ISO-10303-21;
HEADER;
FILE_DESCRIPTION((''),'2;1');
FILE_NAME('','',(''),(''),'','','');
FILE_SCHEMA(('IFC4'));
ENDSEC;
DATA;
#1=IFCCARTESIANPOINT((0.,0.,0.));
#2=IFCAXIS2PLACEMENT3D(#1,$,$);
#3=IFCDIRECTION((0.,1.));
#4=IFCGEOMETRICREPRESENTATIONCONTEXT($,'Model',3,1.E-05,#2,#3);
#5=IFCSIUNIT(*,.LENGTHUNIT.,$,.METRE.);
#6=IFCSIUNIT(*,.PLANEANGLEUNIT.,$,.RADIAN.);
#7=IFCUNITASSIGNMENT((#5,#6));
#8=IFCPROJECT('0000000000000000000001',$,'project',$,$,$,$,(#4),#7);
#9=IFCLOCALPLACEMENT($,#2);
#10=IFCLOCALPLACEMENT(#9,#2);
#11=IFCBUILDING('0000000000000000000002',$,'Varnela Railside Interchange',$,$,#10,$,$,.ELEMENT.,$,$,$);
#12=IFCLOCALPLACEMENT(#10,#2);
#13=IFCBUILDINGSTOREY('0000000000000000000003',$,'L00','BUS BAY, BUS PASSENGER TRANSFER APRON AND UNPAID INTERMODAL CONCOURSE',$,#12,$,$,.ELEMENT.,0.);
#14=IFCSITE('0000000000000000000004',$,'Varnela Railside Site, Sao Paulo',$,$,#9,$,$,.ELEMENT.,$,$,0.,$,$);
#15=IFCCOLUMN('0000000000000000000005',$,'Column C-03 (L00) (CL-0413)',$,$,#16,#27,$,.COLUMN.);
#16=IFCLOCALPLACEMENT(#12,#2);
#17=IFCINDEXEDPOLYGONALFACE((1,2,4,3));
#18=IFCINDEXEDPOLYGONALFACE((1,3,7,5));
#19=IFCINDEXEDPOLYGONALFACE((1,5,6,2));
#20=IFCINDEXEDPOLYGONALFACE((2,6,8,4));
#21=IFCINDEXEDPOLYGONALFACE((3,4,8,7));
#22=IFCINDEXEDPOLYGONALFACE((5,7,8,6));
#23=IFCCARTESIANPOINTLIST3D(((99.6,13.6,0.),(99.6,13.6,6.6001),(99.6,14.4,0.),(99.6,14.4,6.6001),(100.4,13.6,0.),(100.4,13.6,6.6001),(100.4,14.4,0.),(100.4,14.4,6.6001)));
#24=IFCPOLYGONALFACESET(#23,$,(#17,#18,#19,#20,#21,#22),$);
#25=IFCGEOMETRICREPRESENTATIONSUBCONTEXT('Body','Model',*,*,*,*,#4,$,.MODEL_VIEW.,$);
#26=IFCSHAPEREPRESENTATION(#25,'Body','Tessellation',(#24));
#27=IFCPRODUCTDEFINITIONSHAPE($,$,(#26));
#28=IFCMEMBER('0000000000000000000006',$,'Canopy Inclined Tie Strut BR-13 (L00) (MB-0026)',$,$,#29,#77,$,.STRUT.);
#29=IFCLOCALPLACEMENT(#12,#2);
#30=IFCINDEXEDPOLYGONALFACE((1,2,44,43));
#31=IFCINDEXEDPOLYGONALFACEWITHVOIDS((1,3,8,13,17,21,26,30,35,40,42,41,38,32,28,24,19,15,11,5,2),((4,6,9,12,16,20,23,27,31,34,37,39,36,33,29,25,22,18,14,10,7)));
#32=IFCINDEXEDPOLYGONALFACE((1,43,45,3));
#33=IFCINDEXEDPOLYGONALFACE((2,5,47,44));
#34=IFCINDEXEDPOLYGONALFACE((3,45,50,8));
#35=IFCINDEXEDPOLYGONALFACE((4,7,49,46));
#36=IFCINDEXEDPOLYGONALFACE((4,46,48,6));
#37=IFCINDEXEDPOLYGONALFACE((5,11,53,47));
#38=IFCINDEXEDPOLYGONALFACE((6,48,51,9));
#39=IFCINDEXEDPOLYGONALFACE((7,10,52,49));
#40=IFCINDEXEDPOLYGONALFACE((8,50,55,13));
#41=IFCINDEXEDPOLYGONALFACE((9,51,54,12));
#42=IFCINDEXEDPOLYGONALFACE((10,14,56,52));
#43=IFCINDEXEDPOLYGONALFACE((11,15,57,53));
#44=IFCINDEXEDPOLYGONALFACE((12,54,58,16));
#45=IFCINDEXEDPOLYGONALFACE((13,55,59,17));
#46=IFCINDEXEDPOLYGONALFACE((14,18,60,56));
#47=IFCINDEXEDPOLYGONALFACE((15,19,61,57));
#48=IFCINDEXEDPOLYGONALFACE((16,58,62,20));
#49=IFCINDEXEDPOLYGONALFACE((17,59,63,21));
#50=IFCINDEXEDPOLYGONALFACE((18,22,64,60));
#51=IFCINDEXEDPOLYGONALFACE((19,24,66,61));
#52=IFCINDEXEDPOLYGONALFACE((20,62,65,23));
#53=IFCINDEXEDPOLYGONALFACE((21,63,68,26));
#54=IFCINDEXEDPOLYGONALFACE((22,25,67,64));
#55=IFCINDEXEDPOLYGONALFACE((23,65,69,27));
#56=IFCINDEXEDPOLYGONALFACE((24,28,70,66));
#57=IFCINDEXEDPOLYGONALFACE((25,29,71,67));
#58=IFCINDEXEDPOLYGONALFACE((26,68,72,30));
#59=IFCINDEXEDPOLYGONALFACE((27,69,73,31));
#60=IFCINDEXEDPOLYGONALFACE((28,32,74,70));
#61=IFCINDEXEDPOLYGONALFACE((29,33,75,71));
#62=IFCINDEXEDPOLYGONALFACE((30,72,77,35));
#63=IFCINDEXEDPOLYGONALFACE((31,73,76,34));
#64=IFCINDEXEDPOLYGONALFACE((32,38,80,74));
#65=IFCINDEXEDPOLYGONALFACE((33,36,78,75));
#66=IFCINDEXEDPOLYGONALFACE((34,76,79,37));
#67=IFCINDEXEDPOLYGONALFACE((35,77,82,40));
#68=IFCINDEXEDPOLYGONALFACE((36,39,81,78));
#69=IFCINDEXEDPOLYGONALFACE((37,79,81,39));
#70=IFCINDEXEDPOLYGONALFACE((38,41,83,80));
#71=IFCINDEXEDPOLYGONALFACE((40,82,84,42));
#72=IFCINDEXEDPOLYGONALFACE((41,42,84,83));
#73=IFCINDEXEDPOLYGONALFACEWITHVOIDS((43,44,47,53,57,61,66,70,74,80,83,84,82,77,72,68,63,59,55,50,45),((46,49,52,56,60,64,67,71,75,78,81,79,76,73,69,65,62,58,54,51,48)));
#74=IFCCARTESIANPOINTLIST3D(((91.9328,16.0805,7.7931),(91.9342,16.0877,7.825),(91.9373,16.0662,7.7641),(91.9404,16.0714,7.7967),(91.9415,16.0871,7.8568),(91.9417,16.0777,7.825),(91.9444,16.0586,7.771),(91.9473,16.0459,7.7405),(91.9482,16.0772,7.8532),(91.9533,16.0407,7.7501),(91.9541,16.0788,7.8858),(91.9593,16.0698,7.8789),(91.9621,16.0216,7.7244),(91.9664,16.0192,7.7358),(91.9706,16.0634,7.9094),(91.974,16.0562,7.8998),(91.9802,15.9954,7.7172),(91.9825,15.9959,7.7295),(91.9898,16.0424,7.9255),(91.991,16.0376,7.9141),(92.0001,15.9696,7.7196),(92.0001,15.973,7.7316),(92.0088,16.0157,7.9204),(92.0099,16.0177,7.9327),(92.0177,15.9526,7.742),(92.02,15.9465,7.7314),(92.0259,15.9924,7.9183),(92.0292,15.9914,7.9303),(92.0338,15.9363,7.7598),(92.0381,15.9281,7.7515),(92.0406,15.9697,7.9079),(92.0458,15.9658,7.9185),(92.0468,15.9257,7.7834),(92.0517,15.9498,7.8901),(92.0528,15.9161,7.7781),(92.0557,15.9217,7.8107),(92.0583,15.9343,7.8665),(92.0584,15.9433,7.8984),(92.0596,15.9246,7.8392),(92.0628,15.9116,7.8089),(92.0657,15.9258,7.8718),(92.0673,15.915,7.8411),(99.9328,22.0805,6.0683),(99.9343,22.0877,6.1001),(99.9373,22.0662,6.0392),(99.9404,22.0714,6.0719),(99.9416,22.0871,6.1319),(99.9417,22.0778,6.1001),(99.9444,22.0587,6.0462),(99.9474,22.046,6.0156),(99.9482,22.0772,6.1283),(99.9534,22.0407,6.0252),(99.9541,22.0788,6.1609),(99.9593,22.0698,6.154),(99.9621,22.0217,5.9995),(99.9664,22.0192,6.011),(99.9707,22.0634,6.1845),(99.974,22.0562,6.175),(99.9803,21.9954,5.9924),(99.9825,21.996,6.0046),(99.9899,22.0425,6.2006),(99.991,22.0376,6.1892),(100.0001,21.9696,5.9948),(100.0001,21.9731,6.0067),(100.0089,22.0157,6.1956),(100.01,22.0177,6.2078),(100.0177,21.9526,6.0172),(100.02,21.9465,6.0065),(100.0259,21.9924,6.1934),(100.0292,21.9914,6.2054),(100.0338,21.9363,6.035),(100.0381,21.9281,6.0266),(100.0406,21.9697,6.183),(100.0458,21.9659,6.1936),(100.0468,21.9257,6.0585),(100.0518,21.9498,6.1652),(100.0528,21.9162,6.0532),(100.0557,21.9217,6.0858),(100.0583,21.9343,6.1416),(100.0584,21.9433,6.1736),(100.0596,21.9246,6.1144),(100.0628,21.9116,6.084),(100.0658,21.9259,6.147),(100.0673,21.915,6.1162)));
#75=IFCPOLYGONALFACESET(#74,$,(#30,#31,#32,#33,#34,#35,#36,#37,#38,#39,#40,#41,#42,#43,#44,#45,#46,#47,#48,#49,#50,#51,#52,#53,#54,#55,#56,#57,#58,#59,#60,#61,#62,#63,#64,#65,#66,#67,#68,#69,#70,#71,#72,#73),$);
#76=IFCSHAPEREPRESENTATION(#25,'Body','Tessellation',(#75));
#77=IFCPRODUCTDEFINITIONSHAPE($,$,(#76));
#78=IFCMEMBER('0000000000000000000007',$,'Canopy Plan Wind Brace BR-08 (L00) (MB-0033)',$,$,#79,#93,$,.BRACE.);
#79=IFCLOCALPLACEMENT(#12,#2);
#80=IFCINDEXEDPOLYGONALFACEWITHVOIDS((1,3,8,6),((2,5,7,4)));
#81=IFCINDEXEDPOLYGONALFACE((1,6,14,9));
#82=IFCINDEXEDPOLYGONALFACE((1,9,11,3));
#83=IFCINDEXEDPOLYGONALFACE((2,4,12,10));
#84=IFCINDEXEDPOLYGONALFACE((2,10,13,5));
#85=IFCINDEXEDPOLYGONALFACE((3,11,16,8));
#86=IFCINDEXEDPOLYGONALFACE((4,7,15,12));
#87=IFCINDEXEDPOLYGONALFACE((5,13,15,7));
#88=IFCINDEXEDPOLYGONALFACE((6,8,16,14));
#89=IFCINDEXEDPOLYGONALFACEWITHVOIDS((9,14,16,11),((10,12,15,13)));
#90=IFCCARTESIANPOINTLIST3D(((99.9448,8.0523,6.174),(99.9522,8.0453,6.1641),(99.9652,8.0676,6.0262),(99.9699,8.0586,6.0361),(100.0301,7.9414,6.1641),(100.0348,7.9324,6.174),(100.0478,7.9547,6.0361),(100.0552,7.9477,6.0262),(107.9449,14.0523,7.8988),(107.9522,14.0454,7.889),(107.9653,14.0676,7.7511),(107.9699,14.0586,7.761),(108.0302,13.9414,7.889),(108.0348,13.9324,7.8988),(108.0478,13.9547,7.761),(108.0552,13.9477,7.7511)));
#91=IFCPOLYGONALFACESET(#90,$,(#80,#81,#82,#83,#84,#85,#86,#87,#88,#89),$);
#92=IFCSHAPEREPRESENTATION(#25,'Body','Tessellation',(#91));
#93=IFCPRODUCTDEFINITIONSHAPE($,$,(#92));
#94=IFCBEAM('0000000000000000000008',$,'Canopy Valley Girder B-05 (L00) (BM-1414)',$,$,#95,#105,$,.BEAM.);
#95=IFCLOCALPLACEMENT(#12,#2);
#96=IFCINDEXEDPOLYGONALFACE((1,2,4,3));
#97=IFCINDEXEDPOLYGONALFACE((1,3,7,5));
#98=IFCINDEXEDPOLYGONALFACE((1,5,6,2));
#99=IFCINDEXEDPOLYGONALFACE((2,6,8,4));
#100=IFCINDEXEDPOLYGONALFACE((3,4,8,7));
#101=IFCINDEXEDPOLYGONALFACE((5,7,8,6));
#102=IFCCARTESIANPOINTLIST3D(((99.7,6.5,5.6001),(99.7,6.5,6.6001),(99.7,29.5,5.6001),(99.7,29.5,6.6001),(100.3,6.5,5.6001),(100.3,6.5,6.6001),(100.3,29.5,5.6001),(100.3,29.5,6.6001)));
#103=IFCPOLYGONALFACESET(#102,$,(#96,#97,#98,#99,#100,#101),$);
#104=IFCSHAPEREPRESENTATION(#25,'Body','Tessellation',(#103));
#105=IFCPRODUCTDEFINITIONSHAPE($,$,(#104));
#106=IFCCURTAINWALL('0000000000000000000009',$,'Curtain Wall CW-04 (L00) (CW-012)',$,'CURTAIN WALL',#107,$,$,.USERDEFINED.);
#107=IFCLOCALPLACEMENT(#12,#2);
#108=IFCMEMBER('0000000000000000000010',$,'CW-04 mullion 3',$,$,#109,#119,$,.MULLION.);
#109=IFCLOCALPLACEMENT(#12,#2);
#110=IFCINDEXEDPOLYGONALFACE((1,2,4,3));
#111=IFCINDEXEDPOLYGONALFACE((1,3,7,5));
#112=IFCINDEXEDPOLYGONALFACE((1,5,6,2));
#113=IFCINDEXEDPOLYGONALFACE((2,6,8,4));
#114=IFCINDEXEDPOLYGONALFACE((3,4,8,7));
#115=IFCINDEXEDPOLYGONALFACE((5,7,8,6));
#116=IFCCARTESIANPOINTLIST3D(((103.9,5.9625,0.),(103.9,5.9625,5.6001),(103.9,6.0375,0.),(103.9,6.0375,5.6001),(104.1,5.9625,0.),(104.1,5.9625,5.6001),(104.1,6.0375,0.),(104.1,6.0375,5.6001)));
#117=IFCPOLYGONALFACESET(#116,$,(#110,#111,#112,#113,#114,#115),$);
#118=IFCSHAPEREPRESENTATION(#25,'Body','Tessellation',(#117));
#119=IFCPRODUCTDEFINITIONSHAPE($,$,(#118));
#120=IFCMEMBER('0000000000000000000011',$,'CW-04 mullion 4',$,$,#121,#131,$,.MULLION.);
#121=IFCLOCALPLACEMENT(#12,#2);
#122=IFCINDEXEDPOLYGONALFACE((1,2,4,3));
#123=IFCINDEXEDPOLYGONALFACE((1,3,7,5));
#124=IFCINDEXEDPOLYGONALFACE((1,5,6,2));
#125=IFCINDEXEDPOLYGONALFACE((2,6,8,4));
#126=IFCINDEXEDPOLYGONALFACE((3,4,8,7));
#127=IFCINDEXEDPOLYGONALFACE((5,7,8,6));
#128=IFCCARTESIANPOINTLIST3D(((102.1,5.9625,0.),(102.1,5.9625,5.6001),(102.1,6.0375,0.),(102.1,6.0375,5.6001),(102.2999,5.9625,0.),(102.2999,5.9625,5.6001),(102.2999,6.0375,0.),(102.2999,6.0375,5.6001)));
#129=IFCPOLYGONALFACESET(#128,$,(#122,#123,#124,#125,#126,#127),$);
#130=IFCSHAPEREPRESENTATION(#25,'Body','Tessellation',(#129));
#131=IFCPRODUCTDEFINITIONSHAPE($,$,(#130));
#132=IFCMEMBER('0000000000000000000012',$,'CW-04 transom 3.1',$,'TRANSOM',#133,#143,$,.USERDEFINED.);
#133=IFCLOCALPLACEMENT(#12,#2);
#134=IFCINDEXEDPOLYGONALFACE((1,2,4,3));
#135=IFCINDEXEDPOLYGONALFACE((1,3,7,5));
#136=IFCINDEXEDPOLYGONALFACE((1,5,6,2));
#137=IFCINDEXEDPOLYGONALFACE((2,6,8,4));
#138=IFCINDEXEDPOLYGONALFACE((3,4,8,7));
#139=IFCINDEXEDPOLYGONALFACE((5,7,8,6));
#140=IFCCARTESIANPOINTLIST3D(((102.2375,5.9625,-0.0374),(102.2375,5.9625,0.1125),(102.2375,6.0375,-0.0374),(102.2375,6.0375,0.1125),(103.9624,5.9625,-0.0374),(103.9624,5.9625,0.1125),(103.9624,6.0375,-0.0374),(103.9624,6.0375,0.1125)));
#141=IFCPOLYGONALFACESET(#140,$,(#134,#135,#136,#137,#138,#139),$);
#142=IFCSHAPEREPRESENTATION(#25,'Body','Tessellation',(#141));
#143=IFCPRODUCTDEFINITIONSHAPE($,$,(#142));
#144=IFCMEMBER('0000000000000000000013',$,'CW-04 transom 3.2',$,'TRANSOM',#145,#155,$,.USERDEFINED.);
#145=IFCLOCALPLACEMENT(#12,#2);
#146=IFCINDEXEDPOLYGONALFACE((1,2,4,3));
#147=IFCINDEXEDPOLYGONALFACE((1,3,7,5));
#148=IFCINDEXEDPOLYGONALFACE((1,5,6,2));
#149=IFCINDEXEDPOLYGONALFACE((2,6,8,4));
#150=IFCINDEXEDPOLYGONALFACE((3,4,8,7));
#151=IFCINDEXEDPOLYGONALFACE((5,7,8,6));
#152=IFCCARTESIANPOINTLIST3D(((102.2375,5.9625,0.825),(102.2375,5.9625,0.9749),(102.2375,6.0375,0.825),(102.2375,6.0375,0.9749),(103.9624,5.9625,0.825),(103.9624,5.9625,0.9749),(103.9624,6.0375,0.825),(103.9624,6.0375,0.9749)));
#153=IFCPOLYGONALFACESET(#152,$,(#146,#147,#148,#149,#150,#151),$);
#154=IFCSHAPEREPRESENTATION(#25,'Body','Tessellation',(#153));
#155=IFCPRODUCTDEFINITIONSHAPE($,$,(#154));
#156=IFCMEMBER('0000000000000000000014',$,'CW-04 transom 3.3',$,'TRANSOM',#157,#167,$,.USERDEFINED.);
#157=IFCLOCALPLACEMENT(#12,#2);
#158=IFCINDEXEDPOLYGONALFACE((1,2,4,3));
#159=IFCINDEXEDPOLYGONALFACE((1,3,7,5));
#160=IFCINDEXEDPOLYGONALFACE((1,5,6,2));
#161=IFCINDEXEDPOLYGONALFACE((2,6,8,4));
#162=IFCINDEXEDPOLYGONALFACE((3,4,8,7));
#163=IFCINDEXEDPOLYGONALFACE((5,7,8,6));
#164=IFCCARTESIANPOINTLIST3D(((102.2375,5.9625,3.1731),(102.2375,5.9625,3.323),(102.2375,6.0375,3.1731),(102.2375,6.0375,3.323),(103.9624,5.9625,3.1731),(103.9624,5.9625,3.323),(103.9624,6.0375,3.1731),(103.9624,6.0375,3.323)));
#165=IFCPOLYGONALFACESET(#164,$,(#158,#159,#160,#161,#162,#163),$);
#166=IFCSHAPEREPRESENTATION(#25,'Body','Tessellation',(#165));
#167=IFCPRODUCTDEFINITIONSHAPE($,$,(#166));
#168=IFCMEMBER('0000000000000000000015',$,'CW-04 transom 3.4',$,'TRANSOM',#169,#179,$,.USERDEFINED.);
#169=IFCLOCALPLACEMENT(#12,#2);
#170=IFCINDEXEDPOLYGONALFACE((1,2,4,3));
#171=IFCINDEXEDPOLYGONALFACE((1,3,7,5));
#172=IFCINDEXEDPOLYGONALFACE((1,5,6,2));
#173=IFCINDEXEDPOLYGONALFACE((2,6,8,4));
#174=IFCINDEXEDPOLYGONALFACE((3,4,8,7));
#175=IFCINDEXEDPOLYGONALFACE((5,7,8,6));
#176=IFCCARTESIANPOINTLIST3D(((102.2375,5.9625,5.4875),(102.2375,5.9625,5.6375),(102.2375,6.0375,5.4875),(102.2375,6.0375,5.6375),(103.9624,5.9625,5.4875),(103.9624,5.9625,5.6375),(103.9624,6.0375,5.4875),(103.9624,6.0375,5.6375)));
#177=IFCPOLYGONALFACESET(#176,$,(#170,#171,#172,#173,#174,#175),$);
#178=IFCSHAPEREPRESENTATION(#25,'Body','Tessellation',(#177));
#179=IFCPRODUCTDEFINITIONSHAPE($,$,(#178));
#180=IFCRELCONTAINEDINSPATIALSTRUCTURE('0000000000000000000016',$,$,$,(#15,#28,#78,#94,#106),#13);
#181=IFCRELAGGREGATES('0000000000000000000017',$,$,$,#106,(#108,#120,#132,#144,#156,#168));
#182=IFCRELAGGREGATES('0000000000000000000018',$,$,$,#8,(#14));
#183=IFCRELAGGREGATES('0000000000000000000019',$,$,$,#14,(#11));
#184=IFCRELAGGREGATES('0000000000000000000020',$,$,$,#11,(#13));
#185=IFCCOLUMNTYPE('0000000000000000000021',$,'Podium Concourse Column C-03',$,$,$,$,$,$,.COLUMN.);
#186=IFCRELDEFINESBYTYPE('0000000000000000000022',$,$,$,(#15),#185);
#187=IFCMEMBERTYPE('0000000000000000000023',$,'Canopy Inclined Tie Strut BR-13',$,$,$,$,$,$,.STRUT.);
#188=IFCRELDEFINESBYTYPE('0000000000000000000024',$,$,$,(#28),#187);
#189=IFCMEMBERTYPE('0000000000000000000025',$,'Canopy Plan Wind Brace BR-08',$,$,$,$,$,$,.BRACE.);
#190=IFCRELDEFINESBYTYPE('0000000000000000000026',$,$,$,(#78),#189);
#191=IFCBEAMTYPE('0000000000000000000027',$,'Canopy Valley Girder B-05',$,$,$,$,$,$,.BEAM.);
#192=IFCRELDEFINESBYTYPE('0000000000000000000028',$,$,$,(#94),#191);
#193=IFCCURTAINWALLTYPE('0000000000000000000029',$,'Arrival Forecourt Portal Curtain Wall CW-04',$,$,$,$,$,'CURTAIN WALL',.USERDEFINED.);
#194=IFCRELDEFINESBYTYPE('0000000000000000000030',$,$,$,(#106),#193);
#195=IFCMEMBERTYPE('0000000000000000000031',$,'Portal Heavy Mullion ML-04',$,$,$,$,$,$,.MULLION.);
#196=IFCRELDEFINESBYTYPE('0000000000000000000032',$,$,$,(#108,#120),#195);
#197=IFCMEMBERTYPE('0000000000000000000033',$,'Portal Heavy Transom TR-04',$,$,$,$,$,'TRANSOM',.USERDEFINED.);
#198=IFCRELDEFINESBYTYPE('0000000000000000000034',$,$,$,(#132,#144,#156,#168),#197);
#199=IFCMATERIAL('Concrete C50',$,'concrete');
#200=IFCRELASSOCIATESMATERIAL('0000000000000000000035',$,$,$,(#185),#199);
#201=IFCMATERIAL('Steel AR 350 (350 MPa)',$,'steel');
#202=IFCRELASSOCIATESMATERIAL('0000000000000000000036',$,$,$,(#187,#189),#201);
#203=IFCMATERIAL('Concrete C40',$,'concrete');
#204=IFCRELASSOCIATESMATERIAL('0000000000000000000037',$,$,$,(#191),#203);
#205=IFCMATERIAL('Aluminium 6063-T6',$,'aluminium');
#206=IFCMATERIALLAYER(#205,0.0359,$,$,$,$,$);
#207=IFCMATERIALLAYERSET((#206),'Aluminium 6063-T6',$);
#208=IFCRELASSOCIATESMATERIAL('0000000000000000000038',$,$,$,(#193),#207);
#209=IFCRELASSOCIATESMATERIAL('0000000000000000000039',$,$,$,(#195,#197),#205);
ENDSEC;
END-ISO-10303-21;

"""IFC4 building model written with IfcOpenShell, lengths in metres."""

from ifc_helpers import new_model, si_unit, direction, frame, origin, origin_2d, place, context, subcontext, project, spatial, rectangle, hollow_rectangle, hollow_circle, extrude, material, layer, layer_set, material_profile, profile_set, type_object, element, aggregate, save


model = new_model("IFC4")

# Units and contexts
model_context = context("Model", 3, precision=1e-05, world=origin(), true_north=direction((0.0, 1.0)))
body_context = subcontext(model_context, "Body", "Model", "MODEL_VIEW")
ifc_project = project(units=[si_unit("LENGTHUNIT", "METRE"), si_unit("PLANEANGLEUNIT", "RADIAN")], contexts=[model_context])

# Site, building, storey
site_placement = place(None, origin())
site = spatial("IfcSite", under=ifc_project, at=site_placement, Name="Varnela Railside Site, Sao Paulo", CompositionType="ELEMENT", RefElevation=0.0)
building_placement = place(site_placement, origin())
building = spatial("IfcBuilding", under=site, at=building_placement, Name="Varnela Railside Interchange", CompositionType="ELEMENT")
storey_placement = place(building_placement, origin())
storey = spatial("IfcBuildingStorey", under=building, at=storey_placement, Name="L00", Description="BUS BAY, BUS PASSENGER TRANSFER APRON AND UNPAID INTERMODAL CONCOURSE", CompositionType="ELEMENT", Elevation=0.0)

# Column
ifc_material_1 = material(Name="Concrete C50", Category="concrete")
ifc_material_profile_1 = material_profile(ifc_material_1, rectangle(XDim=0.8, YDim=0.8, at=origin_2d()), Name="RC 800x800")
ifc_profile_set_1 = profile_set([ifc_material_profile_1], Name="Concrete C50")
column_type = type_object("IfcColumnType", Name="Podium Concourse Column C-03", PredefinedType="COLUMN", material=ifc_profile_set_1)
column_placement = place(storey_placement, frame((100.0, 14.0, 0.0), z_axis=(0.0, 0.0, 1.0), x_axis=(1.0, 0.0, 0.0)))
element("IfcColumn", 1, at=column_placement, inside=storey, type_object=column_type, Name="Column C-03 (L00) (CL-0413)", PredefinedType="COLUMN", context=body_context, shape_type="SweptSolid", body=[
    extrude(rectangle(XDim=0.8, YDim=0.8, at=origin_2d()), origin(), (0.0, 0.0, 1.0), 6.6001),
])

# Members
ifc_material_2 = material(Name="Steel AR 350 (350 MPa)", Category="steel")
ifc_material_profile_2 = material_profile(ifc_material_2, hollow_circle(Radius=0.1096, WallThickness=0.0125, at=origin_2d()), Name="CHS 219.1x12.5")
ifc_profile_set_2 = profile_set([ifc_material_profile_2], Name="Steel AR 350 (350 MPa)")
member_type_1 = type_object("IfcMemberType", Name="Canopy Inclined Tie Strut BR-13", PredefinedType="STRUT", material=ifc_profile_set_2)
member_1_placement = place(storey_placement, frame((92.0, 16.0, 7.825), z_axis=(0.788359, 0.591269, -0.169975), x_axis=(-0.6, 0.8, 0.0)))
element("IfcMember", 2, at=member_1_placement, inside=storey, type_object=member_type_1, Name="Canopy Inclined Tie Strut BR-13 (L00) (MB-0026)", PredefinedType="STRUT", context=body_context, shape_type="SweptSolid", body=[
    extrude(hollow_circle(Radius=0.1096, WallThickness=0.0125, at=origin_2d()), origin(), (0.0, 0.0, 1.0), 10.1477),
])
ifc_material_profile_3 = material_profile(ifc_material_2, hollow_rectangle(XDim=0.1499, YDim=0.1499, WallThickness=0.01, at=origin_2d()), Name="HSS 150x150x10")
ifc_profile_set_3 = profile_set([ifc_material_profile_3], Name="Steel AR 350 (350 MPa)")
member_type_2 = type_object("IfcMemberType", Name="Canopy Plan Wind Brace BR-08", PredefinedType="BRACE", material=ifc_profile_set_3)
member_2_placement = place(storey_placement, frame((100.0, 8.0, 6.1001), z_axis=(0.788359, 0.591269, 0.169975), x_axis=(-0.6, 0.8, 0.0)))
element("IfcMember", 3, at=member_2_placement, inside=storey, type_object=member_type_2, Name="Canopy Plan Wind Brace BR-08 (L00) (MB-0033)", PredefinedType="BRACE", context=body_context, shape_type="SweptSolid", body=[
    extrude(hollow_rectangle(XDim=0.1499, YDim=0.1499, WallThickness=0.01, at=origin_2d()), origin(), (0.0, 0.0, 1.0), 10.1477),
])

# Beam
ifc_material_3 = material(Name="Concrete C40", Category="concrete")
ifc_material_profile_4 = material_profile(ifc_material_3, rectangle(XDim=0.6001, YDim=1.0, at=origin_2d()), Name="RC 600x1000")
ifc_profile_set_4 = profile_set([ifc_material_profile_4], Name="Concrete C40")
beam_type = type_object("IfcBeamType", Name="Canopy Valley Girder B-05", PredefinedType="BEAM", material=ifc_profile_set_4)
beam_placement = place(storey_placement, frame((100.0, 6.5, 6.1001), z_axis=(0.0, 1.0, 0.0), x_axis=(-1.0, 0.0, 0.0)))
element("IfcBeam", 4, at=beam_placement, inside=storey, type_object=beam_type, Name="Canopy Valley Girder B-05 (L00) (BM-1414)", PredefinedType="BEAM", context=body_context, shape_type="SweptSolid", body=[
    extrude(rectangle(XDim=0.6001, YDim=1.0, at=origin_2d()), origin(), (0.0, 0.0, 1.0), 23.0),
])

# Curtain wall, members
ifc_material_4 = material(Name="Aluminium 6063-T6", Category="aluminium")
ifc_layer_1 = layer(ifc_material_4, 0.0359)
ifc_layer_set_1 = layer_set([ifc_layer_1], Name="Aluminium 6063-T6")
curtain_wall_type = type_object("IfcCurtainWallType", Name="Arrival Forecourt Portal Curtain Wall CW-04", ElementType="CURTAIN WALL", PredefinedType="USERDEFINED", material=ifc_layer_set_1)
curtain_wall_placement = place(storey_placement, origin())
curtain_wall = element("IfcCurtainWall", 5, at=curtain_wall_placement, inside=storey, type_object=curtain_wall_type, Name="Curtain Wall CW-04 (L00) (CW-012)", ObjectType="CURTAIN WALL", PredefinedType="USERDEFINED")
ifc_material_profile_5 = material_profile(ifc_material_4, rectangle(XDim=0.075, YDim=0.2, at=origin_2d()), Name="ALU 75x200")
ifc_profile_set_5 = profile_set([ifc_material_profile_5], Name="Aluminium 6063-T6")
member_type_3 = type_object("IfcMemberType", Name="Portal Heavy Mullion ML-04", PredefinedType="MULLION", material=ifc_profile_set_5)
member_3_placement = place(storey_placement, frame((104.0, 6.0, 0.0), z_axis=(0.0, 0.0, 1.0), x_axis=(0.0, -1.0, 0.0)))
member_3 = element("IfcMember", 6, at=member_3_placement, type_object=member_type_3, Name="CW-04 mullion 3", PredefinedType="MULLION", context=body_context, shape_type="SweptSolid", body=[
    extrude(rectangle(XDim=0.075, YDim=0.2, at=origin_2d()), origin(), (0.0, 0.0, 1.0), 5.6001),
])
member_4_placement = place(storey_placement, frame((102.2, 6.0, 0.0), z_axis=(0.0, 0.0, 1.0), x_axis=(0.0, -1.0, 0.0)))
member_4 = element("IfcMember", 7, at=member_4_placement, type_object=member_type_3, Name="CW-04 mullion 4", PredefinedType="MULLION", context=body_context, shape_type="SweptSolid", body=[
    extrude(rectangle(XDim=0.075, YDim=0.2, at=origin_2d()), origin(), (0.0, 0.0, 1.0), 5.6001),
])
ifc_material_profile_6 = material_profile(ifc_material_4, rectangle(XDim=0.075, YDim=0.1499, at=origin_2d()), Name="ALU 75x150")
ifc_profile_set_6 = profile_set([ifc_material_profile_6], Name="Aluminium 6063-T6")
member_type_4 = type_object("IfcMemberType", Name="Portal Heavy Transom TR-04", ElementType="TRANSOM", PredefinedType="USERDEFINED", material=ifc_profile_set_6)
member_5_placement = place(storey_placement, frame((103.9624, 6.0, 0.0376), z_axis=(-1.0, 0.0, 0.0), x_axis=(0.0, -1.0, 0.0)))
member_5 = element("IfcMember", 8, at=member_5_placement, type_object=member_type_4, Name="CW-04 transom 3.1", ObjectType="TRANSOM", PredefinedType="USERDEFINED", context=body_context, shape_type="SweptSolid", body=[
    extrude(rectangle(XDim=0.075, YDim=0.1499, at=origin_2d()), origin(), (0.0, 0.0, 1.0), 1.7249),
])
member_6_placement = place(storey_placement, frame((103.9624, 6.0, 0.8999), z_axis=(-1.0, 0.0, 0.0), x_axis=(0.0, -1.0, 0.0)))
member_6 = element("IfcMember", 9, at=member_6_placement, type_object=member_type_4, Name="CW-04 transom 3.2", ObjectType="TRANSOM", PredefinedType="USERDEFINED", context=body_context, shape_type="SweptSolid", body=[
    extrude(rectangle(XDim=0.075, YDim=0.1499, at=origin_2d()), origin(), (0.0, 0.0, 1.0), 1.7249),
])
member_7_placement = place(storey_placement, frame((103.9624, 6.0, 3.248), z_axis=(-1.0, 0.0, 0.0), x_axis=(0.0, -1.0, 0.0)))
member_7 = element("IfcMember", 10, at=member_7_placement, type_object=member_type_4, Name="CW-04 transom 3.3", ObjectType="TRANSOM", PredefinedType="USERDEFINED", context=body_context, shape_type="SweptSolid", body=[
    extrude(rectangle(XDim=0.075, YDim=0.1499, at=origin_2d()), origin(), (0.0, 0.0, 1.0), 1.7249),
])
member_8_placement = place(storey_placement, frame((103.9624, 6.0, 5.5625), z_axis=(-1.0, 0.0, 0.0), x_axis=(0.0, -1.0, 0.0)))
member_8 = element("IfcMember", 11, at=member_8_placement, type_object=member_type_4, Name="CW-04 transom 3.4", ObjectType="TRANSOM", PredefinedType="USERDEFINED", context=body_context, shape_type="SweptSolid", body=[
    extrude(rectangle(XDim=0.075, YDim=0.1499, at=origin_2d()), origin(), (0.0, 0.0, 1.0), 1.7249),
])

aggregate(curtain_wall, [member_3, member_4, member_5, member_6, member_7, member_8])

save(model, "model.ifc")
